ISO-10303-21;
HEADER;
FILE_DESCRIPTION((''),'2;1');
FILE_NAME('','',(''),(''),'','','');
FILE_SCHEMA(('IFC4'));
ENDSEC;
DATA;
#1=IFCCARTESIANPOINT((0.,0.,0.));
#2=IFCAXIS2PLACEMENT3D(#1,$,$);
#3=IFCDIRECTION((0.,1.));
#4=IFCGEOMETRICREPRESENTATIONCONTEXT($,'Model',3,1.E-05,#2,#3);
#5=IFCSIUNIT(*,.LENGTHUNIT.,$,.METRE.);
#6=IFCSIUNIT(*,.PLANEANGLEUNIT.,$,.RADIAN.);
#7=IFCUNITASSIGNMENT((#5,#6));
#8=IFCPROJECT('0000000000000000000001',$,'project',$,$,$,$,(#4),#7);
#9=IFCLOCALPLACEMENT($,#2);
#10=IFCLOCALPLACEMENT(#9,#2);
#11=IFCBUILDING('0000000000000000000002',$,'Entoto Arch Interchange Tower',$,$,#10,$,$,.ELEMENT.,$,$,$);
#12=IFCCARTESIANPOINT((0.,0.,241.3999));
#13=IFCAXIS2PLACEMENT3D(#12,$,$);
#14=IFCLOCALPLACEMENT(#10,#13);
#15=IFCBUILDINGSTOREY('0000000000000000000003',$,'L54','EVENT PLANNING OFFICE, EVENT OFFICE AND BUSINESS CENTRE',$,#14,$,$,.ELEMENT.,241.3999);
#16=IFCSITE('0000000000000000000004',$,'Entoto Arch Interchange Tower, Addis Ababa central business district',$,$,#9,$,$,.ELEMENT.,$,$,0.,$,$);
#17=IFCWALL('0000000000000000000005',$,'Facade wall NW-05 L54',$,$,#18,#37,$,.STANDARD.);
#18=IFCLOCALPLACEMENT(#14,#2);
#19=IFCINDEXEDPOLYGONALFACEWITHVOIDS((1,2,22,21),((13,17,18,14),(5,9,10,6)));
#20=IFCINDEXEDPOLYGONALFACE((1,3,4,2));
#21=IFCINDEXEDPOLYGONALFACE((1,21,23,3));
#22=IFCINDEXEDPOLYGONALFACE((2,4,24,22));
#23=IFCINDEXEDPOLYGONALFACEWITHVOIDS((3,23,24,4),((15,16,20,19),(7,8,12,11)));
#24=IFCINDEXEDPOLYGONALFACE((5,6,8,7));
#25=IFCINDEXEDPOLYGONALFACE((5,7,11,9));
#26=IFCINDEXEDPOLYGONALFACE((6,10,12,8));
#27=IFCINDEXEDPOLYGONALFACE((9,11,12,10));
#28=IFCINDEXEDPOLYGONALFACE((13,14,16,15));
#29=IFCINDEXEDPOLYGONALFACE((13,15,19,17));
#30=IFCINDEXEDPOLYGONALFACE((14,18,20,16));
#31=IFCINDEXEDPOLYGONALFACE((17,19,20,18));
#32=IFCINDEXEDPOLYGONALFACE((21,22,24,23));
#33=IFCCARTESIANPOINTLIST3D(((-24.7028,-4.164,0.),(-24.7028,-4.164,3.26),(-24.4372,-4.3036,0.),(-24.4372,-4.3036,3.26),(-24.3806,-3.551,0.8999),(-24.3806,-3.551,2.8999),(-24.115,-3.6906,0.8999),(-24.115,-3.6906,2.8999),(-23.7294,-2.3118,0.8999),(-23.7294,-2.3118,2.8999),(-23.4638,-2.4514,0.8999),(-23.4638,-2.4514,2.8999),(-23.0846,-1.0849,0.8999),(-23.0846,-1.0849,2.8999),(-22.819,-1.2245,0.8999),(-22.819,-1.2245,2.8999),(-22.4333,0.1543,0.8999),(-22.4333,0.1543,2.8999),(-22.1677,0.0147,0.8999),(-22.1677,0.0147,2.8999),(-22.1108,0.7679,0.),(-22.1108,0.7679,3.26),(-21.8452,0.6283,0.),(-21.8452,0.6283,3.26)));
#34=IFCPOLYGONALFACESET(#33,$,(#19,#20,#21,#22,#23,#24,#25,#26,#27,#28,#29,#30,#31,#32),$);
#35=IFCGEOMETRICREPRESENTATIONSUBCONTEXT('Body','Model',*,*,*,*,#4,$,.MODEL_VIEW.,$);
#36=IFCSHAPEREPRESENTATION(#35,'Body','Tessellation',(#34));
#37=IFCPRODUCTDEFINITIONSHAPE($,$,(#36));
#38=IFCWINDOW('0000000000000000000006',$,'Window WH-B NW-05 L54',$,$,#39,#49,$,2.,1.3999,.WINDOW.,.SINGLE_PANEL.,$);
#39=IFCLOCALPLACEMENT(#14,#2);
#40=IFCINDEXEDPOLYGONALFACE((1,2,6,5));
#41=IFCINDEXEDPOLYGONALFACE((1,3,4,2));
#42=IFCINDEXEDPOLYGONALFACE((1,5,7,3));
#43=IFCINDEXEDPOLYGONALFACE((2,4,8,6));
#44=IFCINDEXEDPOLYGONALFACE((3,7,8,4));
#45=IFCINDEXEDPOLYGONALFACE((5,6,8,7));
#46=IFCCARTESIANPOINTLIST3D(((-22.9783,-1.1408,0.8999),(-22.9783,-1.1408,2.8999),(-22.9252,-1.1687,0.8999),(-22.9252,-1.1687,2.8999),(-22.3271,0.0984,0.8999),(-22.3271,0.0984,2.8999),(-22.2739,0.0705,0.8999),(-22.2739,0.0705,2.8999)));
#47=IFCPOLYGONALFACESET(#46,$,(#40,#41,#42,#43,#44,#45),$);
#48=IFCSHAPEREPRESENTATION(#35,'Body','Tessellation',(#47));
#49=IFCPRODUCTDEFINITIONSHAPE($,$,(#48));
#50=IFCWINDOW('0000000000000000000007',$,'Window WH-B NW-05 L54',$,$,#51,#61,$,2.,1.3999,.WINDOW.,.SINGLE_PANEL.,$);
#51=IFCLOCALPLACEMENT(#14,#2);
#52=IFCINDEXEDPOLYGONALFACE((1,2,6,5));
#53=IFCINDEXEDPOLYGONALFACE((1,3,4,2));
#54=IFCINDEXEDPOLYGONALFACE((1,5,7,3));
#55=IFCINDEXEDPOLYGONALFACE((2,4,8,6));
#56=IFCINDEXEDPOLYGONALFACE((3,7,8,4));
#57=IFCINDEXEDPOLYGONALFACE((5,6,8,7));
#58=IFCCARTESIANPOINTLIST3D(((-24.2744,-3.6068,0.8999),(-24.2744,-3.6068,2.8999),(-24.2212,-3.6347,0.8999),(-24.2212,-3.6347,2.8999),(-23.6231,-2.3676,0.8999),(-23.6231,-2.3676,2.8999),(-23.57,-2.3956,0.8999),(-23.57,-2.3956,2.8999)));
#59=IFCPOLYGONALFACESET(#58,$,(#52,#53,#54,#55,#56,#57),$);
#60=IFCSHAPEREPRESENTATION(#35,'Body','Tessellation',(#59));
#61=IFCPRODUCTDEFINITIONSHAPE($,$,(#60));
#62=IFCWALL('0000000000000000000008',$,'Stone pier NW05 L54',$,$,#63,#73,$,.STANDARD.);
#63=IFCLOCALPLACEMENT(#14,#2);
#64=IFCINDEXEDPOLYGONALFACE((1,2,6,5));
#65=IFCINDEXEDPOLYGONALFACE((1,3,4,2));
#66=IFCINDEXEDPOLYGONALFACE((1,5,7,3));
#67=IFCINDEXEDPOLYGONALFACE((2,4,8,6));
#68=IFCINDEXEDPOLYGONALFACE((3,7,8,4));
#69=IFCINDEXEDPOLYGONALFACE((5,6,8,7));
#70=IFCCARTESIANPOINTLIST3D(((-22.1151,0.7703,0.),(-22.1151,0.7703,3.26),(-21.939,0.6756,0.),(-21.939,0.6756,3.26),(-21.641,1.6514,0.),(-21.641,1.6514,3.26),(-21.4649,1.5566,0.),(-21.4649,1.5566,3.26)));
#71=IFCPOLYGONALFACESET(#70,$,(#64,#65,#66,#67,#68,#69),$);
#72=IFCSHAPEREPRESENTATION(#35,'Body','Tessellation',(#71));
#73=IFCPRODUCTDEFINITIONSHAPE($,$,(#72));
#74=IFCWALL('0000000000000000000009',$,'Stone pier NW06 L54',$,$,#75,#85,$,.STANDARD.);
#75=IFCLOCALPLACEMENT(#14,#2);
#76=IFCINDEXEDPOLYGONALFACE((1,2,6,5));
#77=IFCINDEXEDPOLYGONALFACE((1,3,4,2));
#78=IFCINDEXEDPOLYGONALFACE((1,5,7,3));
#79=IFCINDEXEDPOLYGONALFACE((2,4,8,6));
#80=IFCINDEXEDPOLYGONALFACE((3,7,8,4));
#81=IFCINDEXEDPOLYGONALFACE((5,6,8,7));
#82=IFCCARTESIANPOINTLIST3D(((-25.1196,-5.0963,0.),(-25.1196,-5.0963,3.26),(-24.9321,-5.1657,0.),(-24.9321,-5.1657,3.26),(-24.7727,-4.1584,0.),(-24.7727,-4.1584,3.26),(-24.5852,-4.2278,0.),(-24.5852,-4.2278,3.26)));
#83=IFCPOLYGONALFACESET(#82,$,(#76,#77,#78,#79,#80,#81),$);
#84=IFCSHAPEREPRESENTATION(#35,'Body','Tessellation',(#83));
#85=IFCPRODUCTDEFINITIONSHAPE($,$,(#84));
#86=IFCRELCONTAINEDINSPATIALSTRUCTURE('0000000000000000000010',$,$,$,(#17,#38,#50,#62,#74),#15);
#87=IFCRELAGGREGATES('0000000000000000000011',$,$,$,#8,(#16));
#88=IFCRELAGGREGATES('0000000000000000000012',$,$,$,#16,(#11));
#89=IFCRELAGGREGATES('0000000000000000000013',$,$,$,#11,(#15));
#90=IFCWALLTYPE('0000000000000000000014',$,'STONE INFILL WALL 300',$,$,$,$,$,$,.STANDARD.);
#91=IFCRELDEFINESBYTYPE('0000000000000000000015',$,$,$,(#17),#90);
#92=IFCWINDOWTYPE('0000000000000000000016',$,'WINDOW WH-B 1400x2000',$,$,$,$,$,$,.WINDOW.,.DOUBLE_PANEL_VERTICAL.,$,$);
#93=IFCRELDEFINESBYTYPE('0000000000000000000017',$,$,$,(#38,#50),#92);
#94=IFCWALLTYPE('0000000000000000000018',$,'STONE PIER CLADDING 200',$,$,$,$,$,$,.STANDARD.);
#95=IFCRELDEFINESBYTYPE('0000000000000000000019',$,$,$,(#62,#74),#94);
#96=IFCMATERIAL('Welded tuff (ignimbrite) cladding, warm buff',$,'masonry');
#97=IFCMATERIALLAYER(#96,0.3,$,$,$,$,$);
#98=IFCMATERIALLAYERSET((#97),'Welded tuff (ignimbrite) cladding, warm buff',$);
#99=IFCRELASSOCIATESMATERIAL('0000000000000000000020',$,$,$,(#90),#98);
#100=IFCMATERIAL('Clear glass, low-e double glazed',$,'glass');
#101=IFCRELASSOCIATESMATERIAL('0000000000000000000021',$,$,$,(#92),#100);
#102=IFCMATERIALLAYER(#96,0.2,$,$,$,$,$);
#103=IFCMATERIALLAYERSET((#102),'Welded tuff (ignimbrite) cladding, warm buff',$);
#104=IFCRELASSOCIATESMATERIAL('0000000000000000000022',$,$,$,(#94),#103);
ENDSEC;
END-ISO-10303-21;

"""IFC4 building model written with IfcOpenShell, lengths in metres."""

from ifc_helpers import new_model, si_unit, direction, frame, frame_2d, origin, place, context, subcontext, project, spatial, rectangle, extrude, material, layer, layer_set, type_object, element, fill, save


model = new_model("IFC4")

# Units and contexts
model_context = context("Model", 3, precision=1e-05, world=origin(), true_north=direction((0.0, 1.0)))
body_context = subcontext(model_context, "Body", "Model", "MODEL_VIEW")
ifc_project = project(units=[si_unit("LENGTHUNIT", "METRE"), si_unit("PLANEANGLEUNIT", "RADIAN")], contexts=[model_context])

# Site, building, storey
site_placement = place(None, origin())
site = spatial("IfcSite", under=ifc_project, at=site_placement, Name="Entoto Arch Interchange Tower, Addis Ababa central business district", CompositionType="ELEMENT", RefElevation=0.0)
building_placement = place(site_placement, origin())
building = spatial("IfcBuilding", under=site, at=building_placement, Name="Entoto Arch Interchange Tower", CompositionType="ELEMENT")
storey_placement = place(building_placement, frame((0.0, 0.0, 241.3999)))
storey = spatial("IfcBuildingStorey", under=building, at=storey_placement, Name="L54", Description="EVENT PLANNING OFFICE, EVENT OFFICE AND BUSINESS CENTRE", CompositionType="ELEMENT", Elevation=241.3999)

# Wall, openings, windows
ifc_material_1 = material(Name="Welded tuff (ignimbrite) cladding, warm buff", Category="masonry")
ifc_layer_1 = layer(ifc_material_1, 0.3)
ifc_layer_set_1 = layer_set([ifc_layer_1], Name="Welded tuff (ignimbrite) cladding, warm buff")
wall_type_1 = type_object("IfcWallType", Name="STONE INFILL WALL 300", PredefinedType="STANDARD", material=ifc_layer_set_1)
wall_1_placement = place(storey_placement, frame((-21.978, 0.698, 0.0), z_axis=(0.0, 0.0, 1.0), x_axis=(-0.465228, -0.885191, 0.0)))
wall_1 = element("IfcWall", 1, at=wall_1_placement, inside=storey, type_object=wall_type_1, Name="Facade wall NW-05 L54", PredefinedType="STANDARD", context=body_context, shape_type="SweptSolid", body=[
    extrude(rectangle(XDim=5.5715, YDim=0.3, at=frame_2d((2.7856, 0.0))), origin(), (0.0, 0.0, 1.0), 3.26),
])
opening_1_placement = place(wall_1_placement, frame((0.6931, 0.0, 0.8999)))
opening_1 = element("IfcOpeningElement", 2, at=opening_1_placement, cuts=wall_1, PredefinedType="OPENING", context=body_context, shape_type="SweptSolid", body=[
    extrude(rectangle(XDim=1.3999, YDim=2.0, at=frame_2d((0.7, 1.0))), frame((0.0, 0.1602, 0.0), z_axis=(0.0, -1.0, 0.0), x_axis=(1.0, 0.0, 0.0)), (0.0, 0.0, 1.0), 0.3201),
])
opening_2_placement = place(wall_1_placement, frame((3.479, 0.0, 0.8999)))
opening_2 = element("IfcOpeningElement", 3, at=opening_2_placement, cuts=wall_1, PredefinedType="OPENING", context=body_context, shape_type="SweptSolid", body=[
    extrude(rectangle(XDim=1.3999, YDim=2.0, at=frame_2d((0.7, 1.0))), frame((0.0, 0.1602, 0.0), z_axis=(0.0, -1.0, 0.0), x_axis=(1.0, 0.0, 0.0)), (0.0, 0.0, 1.0), 0.3201),
])
ifc_material_2 = material(Name="Clear glass, low-e double glazed", Category="glass")
window_type = type_object("IfcWindowType", Name="WINDOW WH-B 1400x2000", PartitioningType="DOUBLE_PANEL_VERTICAL", PredefinedType="WINDOW", material=ifc_material_2)
window_1_placement = place(opening_1_placement, origin())
window_1 = element("IfcWindow", 4, at=window_1_placement, inside=storey, type_object=window_type, Name="Window WH-B NW-05 L54", OverallHeight=2.0, OverallWidth=1.3999, PartitioningType="SINGLE_PANEL", PredefinedType="WINDOW", context=body_context, shape_type="SweptSolid", body=[
    extrude(rectangle(XDim=1.3999, YDim=2.0, at=frame_2d((0.7, 1.0))), frame((0.0, 0.03, 0.0), z_axis=(0.0, -1.0, 0.0), x_axis=(1.0, 0.0, 0.0)), (0.0, 0.0, 1.0), 0.0601),
])
fill(opening_1, window_1)
window_2_placement = place(opening_2_placement, origin())
window_2 = element("IfcWindow", 5, at=window_2_placement, inside=storey, type_object=window_type, Name="Window WH-B NW-05 L54", OverallHeight=2.0, OverallWidth=1.3999, PartitioningType="SINGLE_PANEL", PredefinedType="WINDOW", context=body_context, shape_type="SweptSolid", body=[
    extrude(rectangle(XDim=1.3999, YDim=2.0, at=frame_2d((0.7, 1.0))), frame((0.0, 0.03, 0.0), z_axis=(0.0, -1.0, 0.0), x_axis=(1.0, 0.0, 0.0)), (0.0, 0.0, 1.0), 0.0601),
])
fill(opening_2, window_2)

# Walls
ifc_layer_2 = layer(ifc_material_1, 0.2)
ifc_layer_set_2 = layer_set([ifc_layer_2], Name="Welded tuff (ignimbrite) cladding, warm buff")
wall_type_2 = type_object("IfcWallType", Name="STONE PIER CLADDING 200", PredefinedType="STANDARD", material=ifc_layer_set_2)
wall_2_placement = place(storey_placement, frame((-21.553, 1.604, 0.0), z_axis=(0.0, 0.0, 1.0), x_axis=(-0.473852, -0.880604, 0.0)))
element("IfcWall", 6, at=wall_2_placement, inside=storey, type_object=wall_type_2, Name="Stone pier NW05 L54", PredefinedType="STANDARD", context=body_context, shape_type="SweptSolid", body=[
    extrude(rectangle(XDim=1.0005, YDim=0.2, at=frame_2d((0.5002, 0.0))), origin(), (0.0, 0.0, 1.0), 3.26),
])
wall_3_placement = place(storey_placement, frame((-24.679, -4.1931, 0.0), z_axis=(0.0, 0.0, 1.0), x_axis=(-0.346893, -0.937905, 0.0)))
element("IfcWall", 7, at=wall_3_placement, inside=storey, type_object=wall_type_2, Name="Stone pier NW06 L54", PredefinedType="STANDARD", context=body_context, shape_type="SweptSolid", body=[
    extrude(rectangle(XDim=1.0, YDim=0.2, at=frame_2d((0.5, 0.0))), origin(), (0.0, 0.0, 1.0), 3.26),
])

save(model, "model.ifc")
